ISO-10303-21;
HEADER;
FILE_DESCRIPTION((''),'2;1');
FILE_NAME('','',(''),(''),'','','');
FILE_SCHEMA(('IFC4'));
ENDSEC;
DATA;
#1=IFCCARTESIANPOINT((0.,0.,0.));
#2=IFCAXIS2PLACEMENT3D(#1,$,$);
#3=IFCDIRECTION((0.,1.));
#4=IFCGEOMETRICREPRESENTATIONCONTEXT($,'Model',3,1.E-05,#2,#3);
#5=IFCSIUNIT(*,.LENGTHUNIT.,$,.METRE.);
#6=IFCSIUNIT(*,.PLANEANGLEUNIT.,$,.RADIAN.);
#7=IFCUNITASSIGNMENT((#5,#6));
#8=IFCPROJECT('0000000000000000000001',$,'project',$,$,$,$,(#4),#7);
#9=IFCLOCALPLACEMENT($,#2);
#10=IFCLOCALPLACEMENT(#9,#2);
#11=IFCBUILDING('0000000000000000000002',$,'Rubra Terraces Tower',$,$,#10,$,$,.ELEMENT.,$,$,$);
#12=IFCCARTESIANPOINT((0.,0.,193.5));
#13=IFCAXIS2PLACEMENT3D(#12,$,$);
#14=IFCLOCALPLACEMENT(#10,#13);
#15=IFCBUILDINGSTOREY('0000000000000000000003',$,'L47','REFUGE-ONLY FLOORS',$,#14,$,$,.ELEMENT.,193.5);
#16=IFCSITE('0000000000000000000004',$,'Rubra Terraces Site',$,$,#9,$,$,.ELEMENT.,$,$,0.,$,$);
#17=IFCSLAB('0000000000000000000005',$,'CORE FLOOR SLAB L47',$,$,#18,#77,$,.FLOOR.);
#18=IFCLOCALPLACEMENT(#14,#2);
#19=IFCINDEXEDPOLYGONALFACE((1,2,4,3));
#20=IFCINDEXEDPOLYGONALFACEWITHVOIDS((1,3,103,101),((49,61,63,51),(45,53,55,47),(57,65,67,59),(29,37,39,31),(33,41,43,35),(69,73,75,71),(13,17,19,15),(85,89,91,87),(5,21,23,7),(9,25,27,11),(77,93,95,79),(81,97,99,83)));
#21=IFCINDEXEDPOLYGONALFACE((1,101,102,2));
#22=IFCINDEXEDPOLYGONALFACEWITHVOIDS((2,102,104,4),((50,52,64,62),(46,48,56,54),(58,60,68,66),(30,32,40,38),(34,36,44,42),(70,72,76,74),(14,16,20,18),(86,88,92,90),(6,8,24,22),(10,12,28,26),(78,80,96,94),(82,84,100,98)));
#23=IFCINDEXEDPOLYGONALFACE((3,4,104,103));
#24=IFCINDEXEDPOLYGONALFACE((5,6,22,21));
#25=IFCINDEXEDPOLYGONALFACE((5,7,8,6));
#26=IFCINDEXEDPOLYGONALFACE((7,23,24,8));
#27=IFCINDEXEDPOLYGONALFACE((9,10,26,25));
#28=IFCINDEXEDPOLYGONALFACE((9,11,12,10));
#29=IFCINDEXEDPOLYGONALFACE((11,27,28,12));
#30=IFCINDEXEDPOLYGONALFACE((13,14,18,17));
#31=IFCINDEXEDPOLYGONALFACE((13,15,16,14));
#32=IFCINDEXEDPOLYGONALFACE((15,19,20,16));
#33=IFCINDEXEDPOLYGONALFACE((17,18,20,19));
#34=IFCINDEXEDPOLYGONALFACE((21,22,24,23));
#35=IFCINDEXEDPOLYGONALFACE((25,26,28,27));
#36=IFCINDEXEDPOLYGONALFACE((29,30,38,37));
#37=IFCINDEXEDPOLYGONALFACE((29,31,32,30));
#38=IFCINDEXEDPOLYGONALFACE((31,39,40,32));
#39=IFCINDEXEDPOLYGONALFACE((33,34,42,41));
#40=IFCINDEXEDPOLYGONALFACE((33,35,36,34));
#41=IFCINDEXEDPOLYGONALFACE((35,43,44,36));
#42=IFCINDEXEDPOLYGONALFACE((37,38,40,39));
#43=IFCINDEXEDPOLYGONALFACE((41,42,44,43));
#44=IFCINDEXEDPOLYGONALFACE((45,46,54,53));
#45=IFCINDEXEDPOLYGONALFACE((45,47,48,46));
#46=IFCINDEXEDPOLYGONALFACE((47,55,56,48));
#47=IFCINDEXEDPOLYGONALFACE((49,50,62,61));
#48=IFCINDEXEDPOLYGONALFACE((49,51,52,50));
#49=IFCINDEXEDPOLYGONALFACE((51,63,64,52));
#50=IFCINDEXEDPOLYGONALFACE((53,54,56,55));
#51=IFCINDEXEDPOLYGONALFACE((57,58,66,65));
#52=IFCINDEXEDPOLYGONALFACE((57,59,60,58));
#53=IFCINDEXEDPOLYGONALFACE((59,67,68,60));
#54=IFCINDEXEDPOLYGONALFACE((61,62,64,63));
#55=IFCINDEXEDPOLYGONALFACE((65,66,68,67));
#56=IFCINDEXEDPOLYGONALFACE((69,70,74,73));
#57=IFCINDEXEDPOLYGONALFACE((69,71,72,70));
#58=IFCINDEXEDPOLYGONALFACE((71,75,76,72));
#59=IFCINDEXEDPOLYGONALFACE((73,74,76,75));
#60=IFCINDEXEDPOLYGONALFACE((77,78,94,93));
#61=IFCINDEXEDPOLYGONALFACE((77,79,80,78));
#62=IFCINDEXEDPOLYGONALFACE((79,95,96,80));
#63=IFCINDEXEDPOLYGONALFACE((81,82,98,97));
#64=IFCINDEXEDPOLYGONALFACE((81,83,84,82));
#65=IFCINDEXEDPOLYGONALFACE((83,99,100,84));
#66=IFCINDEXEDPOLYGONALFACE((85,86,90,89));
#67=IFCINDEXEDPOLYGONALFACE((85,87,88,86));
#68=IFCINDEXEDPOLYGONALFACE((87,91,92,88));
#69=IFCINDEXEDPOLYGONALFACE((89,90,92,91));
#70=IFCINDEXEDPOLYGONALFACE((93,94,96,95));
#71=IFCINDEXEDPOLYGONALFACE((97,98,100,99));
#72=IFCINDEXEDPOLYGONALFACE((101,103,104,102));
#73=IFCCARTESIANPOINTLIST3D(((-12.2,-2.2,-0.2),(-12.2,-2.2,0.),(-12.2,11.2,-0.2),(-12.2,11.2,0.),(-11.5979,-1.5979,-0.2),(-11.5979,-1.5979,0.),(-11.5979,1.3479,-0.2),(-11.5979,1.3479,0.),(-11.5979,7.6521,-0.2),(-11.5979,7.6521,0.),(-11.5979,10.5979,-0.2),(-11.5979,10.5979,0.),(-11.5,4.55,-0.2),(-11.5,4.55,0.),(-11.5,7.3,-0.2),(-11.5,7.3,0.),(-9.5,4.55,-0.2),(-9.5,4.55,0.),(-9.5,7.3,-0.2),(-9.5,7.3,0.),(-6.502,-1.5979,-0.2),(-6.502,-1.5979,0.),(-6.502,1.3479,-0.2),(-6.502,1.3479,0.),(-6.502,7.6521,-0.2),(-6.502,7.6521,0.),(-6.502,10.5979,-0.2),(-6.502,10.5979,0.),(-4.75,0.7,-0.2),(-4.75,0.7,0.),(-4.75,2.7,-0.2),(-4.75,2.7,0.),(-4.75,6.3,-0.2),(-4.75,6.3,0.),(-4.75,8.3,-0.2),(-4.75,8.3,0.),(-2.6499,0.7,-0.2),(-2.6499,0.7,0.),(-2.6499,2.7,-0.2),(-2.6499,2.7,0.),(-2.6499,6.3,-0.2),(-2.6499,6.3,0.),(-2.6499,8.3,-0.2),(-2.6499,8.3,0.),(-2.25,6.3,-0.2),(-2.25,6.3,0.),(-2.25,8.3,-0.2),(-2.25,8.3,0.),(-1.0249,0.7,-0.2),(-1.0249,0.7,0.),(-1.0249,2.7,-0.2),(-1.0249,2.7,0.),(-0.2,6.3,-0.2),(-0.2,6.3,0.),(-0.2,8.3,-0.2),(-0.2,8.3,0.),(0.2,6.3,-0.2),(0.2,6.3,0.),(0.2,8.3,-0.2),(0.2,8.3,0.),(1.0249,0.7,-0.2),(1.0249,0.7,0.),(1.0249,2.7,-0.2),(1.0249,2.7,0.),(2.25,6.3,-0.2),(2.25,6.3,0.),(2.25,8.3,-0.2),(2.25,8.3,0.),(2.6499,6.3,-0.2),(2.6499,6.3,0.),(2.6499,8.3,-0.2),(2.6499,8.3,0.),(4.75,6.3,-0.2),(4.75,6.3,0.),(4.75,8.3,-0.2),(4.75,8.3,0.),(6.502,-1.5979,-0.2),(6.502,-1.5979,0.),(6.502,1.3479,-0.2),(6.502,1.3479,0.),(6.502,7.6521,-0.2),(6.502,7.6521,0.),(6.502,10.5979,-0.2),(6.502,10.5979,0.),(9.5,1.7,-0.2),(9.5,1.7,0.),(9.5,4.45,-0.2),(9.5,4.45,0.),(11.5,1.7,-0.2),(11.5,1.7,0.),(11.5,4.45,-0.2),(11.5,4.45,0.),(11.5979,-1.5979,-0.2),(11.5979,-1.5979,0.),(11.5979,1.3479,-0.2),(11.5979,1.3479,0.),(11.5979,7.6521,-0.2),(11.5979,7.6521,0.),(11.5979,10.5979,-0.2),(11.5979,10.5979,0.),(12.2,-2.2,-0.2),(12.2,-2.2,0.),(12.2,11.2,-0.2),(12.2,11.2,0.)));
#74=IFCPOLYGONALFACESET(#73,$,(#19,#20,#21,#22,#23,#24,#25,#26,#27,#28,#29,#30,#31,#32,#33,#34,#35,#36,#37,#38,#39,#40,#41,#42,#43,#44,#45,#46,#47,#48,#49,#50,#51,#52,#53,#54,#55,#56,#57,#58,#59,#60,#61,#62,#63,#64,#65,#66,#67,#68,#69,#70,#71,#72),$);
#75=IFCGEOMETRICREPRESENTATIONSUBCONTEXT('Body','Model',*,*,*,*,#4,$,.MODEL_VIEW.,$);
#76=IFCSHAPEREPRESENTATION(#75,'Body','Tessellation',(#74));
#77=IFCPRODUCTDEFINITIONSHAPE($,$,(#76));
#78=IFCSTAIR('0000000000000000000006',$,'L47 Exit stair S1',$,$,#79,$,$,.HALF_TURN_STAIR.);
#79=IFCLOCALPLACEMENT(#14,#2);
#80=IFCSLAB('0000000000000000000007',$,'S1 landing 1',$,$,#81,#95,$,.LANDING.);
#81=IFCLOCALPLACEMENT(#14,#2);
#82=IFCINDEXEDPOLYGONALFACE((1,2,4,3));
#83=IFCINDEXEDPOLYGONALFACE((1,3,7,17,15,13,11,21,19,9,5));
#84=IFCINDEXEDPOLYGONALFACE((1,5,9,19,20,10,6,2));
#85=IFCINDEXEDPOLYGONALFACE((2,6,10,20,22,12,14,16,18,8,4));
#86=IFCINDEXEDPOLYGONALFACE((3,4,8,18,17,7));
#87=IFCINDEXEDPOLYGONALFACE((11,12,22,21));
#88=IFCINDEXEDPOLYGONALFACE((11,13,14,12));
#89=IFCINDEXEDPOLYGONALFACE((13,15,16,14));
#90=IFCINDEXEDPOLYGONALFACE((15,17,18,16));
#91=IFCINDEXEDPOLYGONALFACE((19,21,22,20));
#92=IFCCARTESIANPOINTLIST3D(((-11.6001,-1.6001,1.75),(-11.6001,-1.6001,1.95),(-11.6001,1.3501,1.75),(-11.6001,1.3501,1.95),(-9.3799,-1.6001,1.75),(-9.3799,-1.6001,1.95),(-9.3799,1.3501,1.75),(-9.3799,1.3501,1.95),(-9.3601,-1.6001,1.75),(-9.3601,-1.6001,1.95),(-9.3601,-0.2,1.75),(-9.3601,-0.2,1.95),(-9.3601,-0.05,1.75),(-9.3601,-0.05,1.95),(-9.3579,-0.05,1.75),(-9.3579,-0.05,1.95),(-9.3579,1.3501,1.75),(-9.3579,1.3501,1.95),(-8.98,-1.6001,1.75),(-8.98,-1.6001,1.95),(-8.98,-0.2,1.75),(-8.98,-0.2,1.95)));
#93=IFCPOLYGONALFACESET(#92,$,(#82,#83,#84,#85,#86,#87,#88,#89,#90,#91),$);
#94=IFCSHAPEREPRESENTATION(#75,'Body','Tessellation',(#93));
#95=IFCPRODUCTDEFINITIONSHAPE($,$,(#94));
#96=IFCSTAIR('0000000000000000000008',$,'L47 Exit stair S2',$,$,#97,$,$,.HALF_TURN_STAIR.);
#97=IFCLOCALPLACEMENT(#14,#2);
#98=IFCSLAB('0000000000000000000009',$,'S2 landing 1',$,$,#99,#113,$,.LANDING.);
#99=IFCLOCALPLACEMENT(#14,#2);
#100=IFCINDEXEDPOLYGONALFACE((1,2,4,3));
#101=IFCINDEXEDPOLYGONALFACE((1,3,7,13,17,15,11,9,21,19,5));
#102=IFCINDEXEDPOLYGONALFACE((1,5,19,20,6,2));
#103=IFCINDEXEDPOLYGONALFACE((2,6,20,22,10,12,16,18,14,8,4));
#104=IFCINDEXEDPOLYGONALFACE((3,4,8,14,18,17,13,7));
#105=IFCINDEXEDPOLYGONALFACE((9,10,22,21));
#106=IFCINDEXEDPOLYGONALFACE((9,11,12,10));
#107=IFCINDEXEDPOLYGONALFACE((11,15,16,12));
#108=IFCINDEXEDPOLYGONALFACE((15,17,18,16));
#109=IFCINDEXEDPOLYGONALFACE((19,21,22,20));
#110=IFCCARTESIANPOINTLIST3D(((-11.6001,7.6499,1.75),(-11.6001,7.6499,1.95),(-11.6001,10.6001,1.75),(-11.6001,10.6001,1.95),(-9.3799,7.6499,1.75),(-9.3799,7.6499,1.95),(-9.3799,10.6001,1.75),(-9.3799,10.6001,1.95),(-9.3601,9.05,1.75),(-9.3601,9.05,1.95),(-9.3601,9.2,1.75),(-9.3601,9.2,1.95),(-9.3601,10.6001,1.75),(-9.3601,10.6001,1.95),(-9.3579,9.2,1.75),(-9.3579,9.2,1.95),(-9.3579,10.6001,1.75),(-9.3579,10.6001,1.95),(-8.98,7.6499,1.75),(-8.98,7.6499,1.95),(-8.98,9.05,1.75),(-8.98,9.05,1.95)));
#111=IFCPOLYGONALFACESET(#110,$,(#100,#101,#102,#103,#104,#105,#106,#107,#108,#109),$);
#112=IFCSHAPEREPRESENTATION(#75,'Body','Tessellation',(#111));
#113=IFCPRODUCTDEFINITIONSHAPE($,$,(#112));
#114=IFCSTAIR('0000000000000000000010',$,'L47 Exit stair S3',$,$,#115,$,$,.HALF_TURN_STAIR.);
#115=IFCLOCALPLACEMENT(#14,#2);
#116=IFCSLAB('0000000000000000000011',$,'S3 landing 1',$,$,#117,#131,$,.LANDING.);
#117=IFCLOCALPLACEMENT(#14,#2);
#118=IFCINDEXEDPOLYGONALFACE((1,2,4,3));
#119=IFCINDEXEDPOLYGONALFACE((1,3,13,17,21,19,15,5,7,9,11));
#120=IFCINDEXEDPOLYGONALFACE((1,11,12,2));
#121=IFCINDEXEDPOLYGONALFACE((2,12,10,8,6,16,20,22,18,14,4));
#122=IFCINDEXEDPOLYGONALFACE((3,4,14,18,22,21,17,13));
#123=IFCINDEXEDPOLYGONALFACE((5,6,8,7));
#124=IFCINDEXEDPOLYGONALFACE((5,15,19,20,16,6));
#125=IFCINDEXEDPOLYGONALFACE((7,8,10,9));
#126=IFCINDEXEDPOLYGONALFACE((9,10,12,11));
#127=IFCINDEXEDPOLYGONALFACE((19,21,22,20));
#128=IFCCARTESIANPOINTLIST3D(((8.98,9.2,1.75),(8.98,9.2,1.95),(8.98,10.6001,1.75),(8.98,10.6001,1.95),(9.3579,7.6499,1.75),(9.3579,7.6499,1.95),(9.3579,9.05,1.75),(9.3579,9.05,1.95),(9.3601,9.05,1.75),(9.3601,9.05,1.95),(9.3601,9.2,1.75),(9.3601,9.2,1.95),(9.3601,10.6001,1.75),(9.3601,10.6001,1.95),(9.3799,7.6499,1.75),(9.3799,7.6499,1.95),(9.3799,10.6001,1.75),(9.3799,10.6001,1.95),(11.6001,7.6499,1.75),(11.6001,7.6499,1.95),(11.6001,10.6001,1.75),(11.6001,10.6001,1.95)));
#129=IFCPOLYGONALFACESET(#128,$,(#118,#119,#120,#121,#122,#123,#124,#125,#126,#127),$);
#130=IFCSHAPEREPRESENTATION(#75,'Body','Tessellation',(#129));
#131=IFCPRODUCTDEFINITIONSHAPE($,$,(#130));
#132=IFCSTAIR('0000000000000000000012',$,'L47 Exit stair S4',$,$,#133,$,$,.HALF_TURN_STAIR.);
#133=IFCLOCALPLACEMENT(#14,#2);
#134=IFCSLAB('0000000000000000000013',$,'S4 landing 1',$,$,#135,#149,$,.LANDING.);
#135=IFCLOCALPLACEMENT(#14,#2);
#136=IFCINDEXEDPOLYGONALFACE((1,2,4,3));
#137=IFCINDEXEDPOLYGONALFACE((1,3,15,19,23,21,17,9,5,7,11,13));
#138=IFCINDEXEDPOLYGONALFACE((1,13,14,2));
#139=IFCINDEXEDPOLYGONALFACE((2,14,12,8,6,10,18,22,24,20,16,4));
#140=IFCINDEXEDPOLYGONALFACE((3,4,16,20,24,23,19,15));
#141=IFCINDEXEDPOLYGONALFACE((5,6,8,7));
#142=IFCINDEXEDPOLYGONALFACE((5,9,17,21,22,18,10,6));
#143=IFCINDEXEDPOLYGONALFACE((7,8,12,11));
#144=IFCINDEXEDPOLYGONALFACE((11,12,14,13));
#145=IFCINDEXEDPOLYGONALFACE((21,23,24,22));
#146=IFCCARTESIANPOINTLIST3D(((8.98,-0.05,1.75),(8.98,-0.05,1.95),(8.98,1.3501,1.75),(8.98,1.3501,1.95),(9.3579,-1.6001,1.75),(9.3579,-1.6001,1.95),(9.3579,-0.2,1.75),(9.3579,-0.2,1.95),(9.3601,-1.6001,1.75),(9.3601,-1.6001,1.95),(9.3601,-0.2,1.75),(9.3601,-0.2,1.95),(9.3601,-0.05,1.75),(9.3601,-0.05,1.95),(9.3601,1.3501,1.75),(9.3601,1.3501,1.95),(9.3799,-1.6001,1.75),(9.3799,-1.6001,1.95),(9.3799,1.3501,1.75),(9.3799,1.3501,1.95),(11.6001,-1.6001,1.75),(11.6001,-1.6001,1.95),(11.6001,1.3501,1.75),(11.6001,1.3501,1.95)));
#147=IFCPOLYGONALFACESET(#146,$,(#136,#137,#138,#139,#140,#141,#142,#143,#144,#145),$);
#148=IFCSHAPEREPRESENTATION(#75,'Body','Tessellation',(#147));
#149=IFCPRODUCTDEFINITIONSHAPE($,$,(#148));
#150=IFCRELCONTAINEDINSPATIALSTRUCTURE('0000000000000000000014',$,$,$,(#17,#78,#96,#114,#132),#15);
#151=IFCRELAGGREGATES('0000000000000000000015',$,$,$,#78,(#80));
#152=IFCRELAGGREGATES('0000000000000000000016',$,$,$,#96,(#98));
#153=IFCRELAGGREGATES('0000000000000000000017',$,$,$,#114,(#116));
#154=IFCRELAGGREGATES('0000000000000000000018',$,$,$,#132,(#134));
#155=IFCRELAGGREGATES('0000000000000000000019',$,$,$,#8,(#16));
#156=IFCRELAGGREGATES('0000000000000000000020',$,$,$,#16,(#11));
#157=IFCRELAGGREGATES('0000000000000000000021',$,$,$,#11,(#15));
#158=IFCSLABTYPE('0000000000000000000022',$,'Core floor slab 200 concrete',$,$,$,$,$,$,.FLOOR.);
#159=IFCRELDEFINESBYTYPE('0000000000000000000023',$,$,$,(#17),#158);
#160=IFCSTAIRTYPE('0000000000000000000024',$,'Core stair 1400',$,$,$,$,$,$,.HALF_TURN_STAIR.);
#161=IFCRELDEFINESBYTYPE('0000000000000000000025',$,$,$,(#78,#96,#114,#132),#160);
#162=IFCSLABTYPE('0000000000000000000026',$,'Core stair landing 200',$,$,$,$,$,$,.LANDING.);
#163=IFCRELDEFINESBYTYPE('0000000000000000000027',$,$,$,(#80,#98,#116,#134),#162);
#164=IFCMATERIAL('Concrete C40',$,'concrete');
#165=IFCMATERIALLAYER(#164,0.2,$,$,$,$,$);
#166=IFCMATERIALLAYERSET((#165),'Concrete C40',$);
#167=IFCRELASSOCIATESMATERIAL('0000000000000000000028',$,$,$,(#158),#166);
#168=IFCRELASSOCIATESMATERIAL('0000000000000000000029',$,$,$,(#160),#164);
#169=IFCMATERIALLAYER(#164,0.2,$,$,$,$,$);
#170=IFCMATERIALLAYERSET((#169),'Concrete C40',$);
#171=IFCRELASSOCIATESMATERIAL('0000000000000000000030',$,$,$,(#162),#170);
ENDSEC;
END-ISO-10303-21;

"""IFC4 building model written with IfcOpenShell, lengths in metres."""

from ifc_helpers import new_model, si_unit, direction, frame, origin, place, context, subcontext, project, spatial, polyline, outline, extrude, material, layer, layer_set, type_object, element, aggregate, save


model = new_model("IFC4")

# Units and contexts
model_context = context("Model", 3, precision=1e-05, world=origin(), true_north=direction((0.0, 1.0)))
body_context = subcontext(model_context, "Body", "Model", "MODEL_VIEW")
ifc_project = project(units=[si_unit("LENGTHUNIT", "METRE"), si_unit("PLANEANGLEUNIT", "RADIAN")], contexts=[model_context])

# Site, building, storey
site_placement = place(None, origin())
site = spatial("IfcSite", under=ifc_project, at=site_placement, Name="Rubra Terraces Site", CompositionType="ELEMENT", RefElevation=0.0)
building_placement = place(site_placement, origin())
building = spatial("IfcBuilding", under=site, at=building_placement, Name="Rubra Terraces Tower", CompositionType="ELEMENT")
storey_placement = place(building_placement, frame((0.0, 0.0, 193.5)))
storey = spatial("IfcBuildingStorey", under=building, at=storey_placement, Name="L47", Description="REFUGE-ONLY FLOORS", CompositionType="ELEMENT", Elevation=193.5)

# Slab
ifc_material_1 = material(Name="Concrete C40", Category="concrete")
ifc_layer_1 = layer(ifc_material_1, 0.2)
ifc_layer_set_1 = layer_set([ifc_layer_1], Name="Concrete C40")
slab_type_1 = type_object("IfcSlabType", Name="Core floor slab 200 concrete", PredefinedType="FLOOR", material=ifc_layer_set_1)
slab_1_placement = place(storey_placement, frame((0.0, 0.0, -0.2)))
element("IfcSlab", 1, at=slab_1_placement, inside=storey, type_object=slab_type_1, Name="CORE FLOOR SLAB L47", PredefinedType="FLOOR", context=body_context, shape_type="SweptSolid", body=[
    extrude(outline(polyline([(-12.2, -2.2), (-12.2, 11.2), (12.2, 11.2), (12.2, -2.2), (-12.2, -2.2)]), holes=[polyline([(11.5979, 1.3479), (6.502, 1.3479), (6.502, -1.5979), (11.5979, -1.5979), (11.5979, 1.3479)]), polyline([(11.5979, 7.6521), (11.5979, 10.5979), (6.502, 10.5979), (6.502, 7.6521), (11.5979, 7.6521)]), polyline([(9.5, 1.7), (11.5, 1.7), (11.5, 4.45), (9.5, 4.45), (9.5, 1.7)]), polyline([(4.75, 6.3), (4.75, 8.3), (2.6499, 8.3), (2.6499, 6.3), (4.75, 6.3)]), polyline([(2.25, 8.3), (0.2, 8.3), (0.2, 6.3), (2.25, 6.3), (2.25, 8.3)]), polyline([(1.0249, 0.7), (1.0249, 2.7), (-1.0249, 2.7), (-1.0249, 0.7), (1.0249, 0.7)]), polyline([(-0.2, 6.3), (-0.2, 8.3), (-2.25, 8.3), (-2.25, 6.3), (-0.2, 6.3)]), polyline([(-4.75, 8.3), (-4.75, 6.3), (-2.6499, 6.3), (-2.6499, 8.3), (-4.75, 8.3)]), polyline([(-2.6499, 0.7), (-2.6499, 2.7), (-4.75, 2.7), (-4.75, 0.7), (-2.6499, 0.7)]), polyline([(-11.5979, -1.5979), (-6.502, -1.5979), (-6.502, 1.3479), (-11.5979, 1.3479), (-11.5979, -1.5979)]), polyline([(-11.5979, 10.5979), (-11.5979, 7.6521), (-6.502, 7.6521), (-6.502, 10.5979), (-11.5979, 10.5979)]), polyline([(-9.5, 4.55), (-9.5, 7.3), (-11.5, 7.3), (-11.5, 4.55), (-9.5, 4.55)])]), origin(), (0.0, 0.0, 1.0), 0.2),
])

# Stairs, slabs
stair_type = type_object("IfcStairType", Name="Core stair 1400", PredefinedType="HALF_TURN_STAIR", material=ifc_material_1)
stair_1_placement = place(storey_placement, origin())
stair_1 = element("IfcStair", 2, at=stair_1_placement, inside=storey, type_object=stair_type, Name="L47 Exit stair S1", PredefinedType="HALF_TURN_STAIR")
ifc_layer_2 = layer(ifc_material_1, 0.2)
ifc_layer_set_2 = layer_set([ifc_layer_2], Name="Concrete C40")
slab_type_2 = type_object("IfcSlabType", Name="Core stair landing 200", PredefinedType="LANDING", material=ifc_layer_set_2)
slab_2_placement = place(storey_placement, frame((0.0, 0.0, 1.75)))
slab_2 = element("IfcSlab", 3, at=slab_2_placement, type_object=slab_type_2, Name="S1 landing 1", PredefinedType="LANDING", context=body_context, shape_type="SweptSolid", body=[
    extrude(outline(polyline([(-8.98, -0.2), (-8.98, -1.6001), (-9.3601, -1.6001), (-9.3799, -1.6001), (-11.6001, -1.6001), (-11.6001, 1.3501), (-9.3799, 1.3501), (-9.3579, 1.3501), (-9.3579, -0.05), (-9.3601, -0.05), (-9.3601, -0.2), (-8.98, -0.2)])), origin(), (0.0, 0.0, 1.0), 0.2),
])
aggregate(stair_1, [slab_2])
stair_2_placement = place(storey_placement, origin())
stair_2 = element("IfcStair", 4, at=stair_2_placement, inside=storey, type_object=stair_type, Name="L47 Exit stair S2", PredefinedType="HALF_TURN_STAIR")
slab_3_placement = place(storey_placement, frame((0.0, 0.0, 1.75)))
slab_3 = element("IfcSlab", 5, at=slab_3_placement, type_object=slab_type_2, Name="S2 landing 1", PredefinedType="LANDING", context=body_context, shape_type="SweptSolid", body=[
    extrude(outline(polyline([(-8.98, 9.05), (-8.98, 7.6499), (-9.3799, 7.6499), (-11.6001, 7.6499), (-11.6001, 10.6001), (-9.3799, 10.6001), (-9.3601, 10.6001), (-9.3579, 10.6001), (-9.3579, 9.2), (-9.3601, 9.2), (-9.3601, 9.05), (-8.98, 9.05)])), origin(), (0.0, 0.0, 1.0), 0.2),
])
aggregate(stair_2, [slab_3])
stair_3_placement = place(storey_placement, origin())
stair_3 = element("IfcStair", 6, at=stair_3_placement, inside=storey, type_object=stair_type, Name="L47 Exit stair S3", PredefinedType="HALF_TURN_STAIR")
slab_4_placement = place(storey_placement, frame((0.0, 0.0, 1.75)))
slab_4 = element("IfcSlab", 7, at=slab_4_placement, type_object=slab_type_2, Name="S3 landing 1", PredefinedType="LANDING", context=body_context, shape_type="SweptSolid", body=[
    extrude(outline(polyline([(9.3601, 9.05), (9.3601, 9.2), (8.98, 9.2), (8.98, 10.6001), (9.3601, 10.6001), (9.3799, 10.6001), (11.6001, 10.6001), (11.6001, 7.6499), (9.3799, 7.6499), (9.3579, 7.6499), (9.3579, 9.05), (9.3601, 9.05)])), origin(), (0.0, 0.0, 1.0), 0.2),
])
aggregate(stair_3, [slab_4])
stair_4_placement = place(storey_placement, origin())
stair_4 = element("IfcStair", 8, at=stair_4_placement, inside=storey, type_object=stair_type, Name="L47 Exit stair S4", PredefinedType="HALF_TURN_STAIR")
slab_5_placement = place(storey_placement, frame((0.0, 0.0, 1.75)))
slab_5 = element("IfcSlab", 9, at=slab_5_placement, type_object=slab_type_2, Name="S4 landing 1", PredefinedType="LANDING", context=body_context, shape_type="SweptSolid", body=[
    extrude(outline(polyline([(9.3601, -0.2), (9.3601, -0.05), (8.98, -0.05), (8.98, 1.3501), (9.3601, 1.3501), (9.3799, 1.3501), (11.6001, 1.3501), (11.6001, -1.6001), (9.3799, -1.6001), (9.3601, -1.6001), (9.3579, -1.6001), (9.3579, -0.2), (9.3601, -0.2)])), origin(), (0.0, 0.0, 1.0), 0.2),
])

aggregate(stair_4, [slab_5])

save(model, "model.ifc")
